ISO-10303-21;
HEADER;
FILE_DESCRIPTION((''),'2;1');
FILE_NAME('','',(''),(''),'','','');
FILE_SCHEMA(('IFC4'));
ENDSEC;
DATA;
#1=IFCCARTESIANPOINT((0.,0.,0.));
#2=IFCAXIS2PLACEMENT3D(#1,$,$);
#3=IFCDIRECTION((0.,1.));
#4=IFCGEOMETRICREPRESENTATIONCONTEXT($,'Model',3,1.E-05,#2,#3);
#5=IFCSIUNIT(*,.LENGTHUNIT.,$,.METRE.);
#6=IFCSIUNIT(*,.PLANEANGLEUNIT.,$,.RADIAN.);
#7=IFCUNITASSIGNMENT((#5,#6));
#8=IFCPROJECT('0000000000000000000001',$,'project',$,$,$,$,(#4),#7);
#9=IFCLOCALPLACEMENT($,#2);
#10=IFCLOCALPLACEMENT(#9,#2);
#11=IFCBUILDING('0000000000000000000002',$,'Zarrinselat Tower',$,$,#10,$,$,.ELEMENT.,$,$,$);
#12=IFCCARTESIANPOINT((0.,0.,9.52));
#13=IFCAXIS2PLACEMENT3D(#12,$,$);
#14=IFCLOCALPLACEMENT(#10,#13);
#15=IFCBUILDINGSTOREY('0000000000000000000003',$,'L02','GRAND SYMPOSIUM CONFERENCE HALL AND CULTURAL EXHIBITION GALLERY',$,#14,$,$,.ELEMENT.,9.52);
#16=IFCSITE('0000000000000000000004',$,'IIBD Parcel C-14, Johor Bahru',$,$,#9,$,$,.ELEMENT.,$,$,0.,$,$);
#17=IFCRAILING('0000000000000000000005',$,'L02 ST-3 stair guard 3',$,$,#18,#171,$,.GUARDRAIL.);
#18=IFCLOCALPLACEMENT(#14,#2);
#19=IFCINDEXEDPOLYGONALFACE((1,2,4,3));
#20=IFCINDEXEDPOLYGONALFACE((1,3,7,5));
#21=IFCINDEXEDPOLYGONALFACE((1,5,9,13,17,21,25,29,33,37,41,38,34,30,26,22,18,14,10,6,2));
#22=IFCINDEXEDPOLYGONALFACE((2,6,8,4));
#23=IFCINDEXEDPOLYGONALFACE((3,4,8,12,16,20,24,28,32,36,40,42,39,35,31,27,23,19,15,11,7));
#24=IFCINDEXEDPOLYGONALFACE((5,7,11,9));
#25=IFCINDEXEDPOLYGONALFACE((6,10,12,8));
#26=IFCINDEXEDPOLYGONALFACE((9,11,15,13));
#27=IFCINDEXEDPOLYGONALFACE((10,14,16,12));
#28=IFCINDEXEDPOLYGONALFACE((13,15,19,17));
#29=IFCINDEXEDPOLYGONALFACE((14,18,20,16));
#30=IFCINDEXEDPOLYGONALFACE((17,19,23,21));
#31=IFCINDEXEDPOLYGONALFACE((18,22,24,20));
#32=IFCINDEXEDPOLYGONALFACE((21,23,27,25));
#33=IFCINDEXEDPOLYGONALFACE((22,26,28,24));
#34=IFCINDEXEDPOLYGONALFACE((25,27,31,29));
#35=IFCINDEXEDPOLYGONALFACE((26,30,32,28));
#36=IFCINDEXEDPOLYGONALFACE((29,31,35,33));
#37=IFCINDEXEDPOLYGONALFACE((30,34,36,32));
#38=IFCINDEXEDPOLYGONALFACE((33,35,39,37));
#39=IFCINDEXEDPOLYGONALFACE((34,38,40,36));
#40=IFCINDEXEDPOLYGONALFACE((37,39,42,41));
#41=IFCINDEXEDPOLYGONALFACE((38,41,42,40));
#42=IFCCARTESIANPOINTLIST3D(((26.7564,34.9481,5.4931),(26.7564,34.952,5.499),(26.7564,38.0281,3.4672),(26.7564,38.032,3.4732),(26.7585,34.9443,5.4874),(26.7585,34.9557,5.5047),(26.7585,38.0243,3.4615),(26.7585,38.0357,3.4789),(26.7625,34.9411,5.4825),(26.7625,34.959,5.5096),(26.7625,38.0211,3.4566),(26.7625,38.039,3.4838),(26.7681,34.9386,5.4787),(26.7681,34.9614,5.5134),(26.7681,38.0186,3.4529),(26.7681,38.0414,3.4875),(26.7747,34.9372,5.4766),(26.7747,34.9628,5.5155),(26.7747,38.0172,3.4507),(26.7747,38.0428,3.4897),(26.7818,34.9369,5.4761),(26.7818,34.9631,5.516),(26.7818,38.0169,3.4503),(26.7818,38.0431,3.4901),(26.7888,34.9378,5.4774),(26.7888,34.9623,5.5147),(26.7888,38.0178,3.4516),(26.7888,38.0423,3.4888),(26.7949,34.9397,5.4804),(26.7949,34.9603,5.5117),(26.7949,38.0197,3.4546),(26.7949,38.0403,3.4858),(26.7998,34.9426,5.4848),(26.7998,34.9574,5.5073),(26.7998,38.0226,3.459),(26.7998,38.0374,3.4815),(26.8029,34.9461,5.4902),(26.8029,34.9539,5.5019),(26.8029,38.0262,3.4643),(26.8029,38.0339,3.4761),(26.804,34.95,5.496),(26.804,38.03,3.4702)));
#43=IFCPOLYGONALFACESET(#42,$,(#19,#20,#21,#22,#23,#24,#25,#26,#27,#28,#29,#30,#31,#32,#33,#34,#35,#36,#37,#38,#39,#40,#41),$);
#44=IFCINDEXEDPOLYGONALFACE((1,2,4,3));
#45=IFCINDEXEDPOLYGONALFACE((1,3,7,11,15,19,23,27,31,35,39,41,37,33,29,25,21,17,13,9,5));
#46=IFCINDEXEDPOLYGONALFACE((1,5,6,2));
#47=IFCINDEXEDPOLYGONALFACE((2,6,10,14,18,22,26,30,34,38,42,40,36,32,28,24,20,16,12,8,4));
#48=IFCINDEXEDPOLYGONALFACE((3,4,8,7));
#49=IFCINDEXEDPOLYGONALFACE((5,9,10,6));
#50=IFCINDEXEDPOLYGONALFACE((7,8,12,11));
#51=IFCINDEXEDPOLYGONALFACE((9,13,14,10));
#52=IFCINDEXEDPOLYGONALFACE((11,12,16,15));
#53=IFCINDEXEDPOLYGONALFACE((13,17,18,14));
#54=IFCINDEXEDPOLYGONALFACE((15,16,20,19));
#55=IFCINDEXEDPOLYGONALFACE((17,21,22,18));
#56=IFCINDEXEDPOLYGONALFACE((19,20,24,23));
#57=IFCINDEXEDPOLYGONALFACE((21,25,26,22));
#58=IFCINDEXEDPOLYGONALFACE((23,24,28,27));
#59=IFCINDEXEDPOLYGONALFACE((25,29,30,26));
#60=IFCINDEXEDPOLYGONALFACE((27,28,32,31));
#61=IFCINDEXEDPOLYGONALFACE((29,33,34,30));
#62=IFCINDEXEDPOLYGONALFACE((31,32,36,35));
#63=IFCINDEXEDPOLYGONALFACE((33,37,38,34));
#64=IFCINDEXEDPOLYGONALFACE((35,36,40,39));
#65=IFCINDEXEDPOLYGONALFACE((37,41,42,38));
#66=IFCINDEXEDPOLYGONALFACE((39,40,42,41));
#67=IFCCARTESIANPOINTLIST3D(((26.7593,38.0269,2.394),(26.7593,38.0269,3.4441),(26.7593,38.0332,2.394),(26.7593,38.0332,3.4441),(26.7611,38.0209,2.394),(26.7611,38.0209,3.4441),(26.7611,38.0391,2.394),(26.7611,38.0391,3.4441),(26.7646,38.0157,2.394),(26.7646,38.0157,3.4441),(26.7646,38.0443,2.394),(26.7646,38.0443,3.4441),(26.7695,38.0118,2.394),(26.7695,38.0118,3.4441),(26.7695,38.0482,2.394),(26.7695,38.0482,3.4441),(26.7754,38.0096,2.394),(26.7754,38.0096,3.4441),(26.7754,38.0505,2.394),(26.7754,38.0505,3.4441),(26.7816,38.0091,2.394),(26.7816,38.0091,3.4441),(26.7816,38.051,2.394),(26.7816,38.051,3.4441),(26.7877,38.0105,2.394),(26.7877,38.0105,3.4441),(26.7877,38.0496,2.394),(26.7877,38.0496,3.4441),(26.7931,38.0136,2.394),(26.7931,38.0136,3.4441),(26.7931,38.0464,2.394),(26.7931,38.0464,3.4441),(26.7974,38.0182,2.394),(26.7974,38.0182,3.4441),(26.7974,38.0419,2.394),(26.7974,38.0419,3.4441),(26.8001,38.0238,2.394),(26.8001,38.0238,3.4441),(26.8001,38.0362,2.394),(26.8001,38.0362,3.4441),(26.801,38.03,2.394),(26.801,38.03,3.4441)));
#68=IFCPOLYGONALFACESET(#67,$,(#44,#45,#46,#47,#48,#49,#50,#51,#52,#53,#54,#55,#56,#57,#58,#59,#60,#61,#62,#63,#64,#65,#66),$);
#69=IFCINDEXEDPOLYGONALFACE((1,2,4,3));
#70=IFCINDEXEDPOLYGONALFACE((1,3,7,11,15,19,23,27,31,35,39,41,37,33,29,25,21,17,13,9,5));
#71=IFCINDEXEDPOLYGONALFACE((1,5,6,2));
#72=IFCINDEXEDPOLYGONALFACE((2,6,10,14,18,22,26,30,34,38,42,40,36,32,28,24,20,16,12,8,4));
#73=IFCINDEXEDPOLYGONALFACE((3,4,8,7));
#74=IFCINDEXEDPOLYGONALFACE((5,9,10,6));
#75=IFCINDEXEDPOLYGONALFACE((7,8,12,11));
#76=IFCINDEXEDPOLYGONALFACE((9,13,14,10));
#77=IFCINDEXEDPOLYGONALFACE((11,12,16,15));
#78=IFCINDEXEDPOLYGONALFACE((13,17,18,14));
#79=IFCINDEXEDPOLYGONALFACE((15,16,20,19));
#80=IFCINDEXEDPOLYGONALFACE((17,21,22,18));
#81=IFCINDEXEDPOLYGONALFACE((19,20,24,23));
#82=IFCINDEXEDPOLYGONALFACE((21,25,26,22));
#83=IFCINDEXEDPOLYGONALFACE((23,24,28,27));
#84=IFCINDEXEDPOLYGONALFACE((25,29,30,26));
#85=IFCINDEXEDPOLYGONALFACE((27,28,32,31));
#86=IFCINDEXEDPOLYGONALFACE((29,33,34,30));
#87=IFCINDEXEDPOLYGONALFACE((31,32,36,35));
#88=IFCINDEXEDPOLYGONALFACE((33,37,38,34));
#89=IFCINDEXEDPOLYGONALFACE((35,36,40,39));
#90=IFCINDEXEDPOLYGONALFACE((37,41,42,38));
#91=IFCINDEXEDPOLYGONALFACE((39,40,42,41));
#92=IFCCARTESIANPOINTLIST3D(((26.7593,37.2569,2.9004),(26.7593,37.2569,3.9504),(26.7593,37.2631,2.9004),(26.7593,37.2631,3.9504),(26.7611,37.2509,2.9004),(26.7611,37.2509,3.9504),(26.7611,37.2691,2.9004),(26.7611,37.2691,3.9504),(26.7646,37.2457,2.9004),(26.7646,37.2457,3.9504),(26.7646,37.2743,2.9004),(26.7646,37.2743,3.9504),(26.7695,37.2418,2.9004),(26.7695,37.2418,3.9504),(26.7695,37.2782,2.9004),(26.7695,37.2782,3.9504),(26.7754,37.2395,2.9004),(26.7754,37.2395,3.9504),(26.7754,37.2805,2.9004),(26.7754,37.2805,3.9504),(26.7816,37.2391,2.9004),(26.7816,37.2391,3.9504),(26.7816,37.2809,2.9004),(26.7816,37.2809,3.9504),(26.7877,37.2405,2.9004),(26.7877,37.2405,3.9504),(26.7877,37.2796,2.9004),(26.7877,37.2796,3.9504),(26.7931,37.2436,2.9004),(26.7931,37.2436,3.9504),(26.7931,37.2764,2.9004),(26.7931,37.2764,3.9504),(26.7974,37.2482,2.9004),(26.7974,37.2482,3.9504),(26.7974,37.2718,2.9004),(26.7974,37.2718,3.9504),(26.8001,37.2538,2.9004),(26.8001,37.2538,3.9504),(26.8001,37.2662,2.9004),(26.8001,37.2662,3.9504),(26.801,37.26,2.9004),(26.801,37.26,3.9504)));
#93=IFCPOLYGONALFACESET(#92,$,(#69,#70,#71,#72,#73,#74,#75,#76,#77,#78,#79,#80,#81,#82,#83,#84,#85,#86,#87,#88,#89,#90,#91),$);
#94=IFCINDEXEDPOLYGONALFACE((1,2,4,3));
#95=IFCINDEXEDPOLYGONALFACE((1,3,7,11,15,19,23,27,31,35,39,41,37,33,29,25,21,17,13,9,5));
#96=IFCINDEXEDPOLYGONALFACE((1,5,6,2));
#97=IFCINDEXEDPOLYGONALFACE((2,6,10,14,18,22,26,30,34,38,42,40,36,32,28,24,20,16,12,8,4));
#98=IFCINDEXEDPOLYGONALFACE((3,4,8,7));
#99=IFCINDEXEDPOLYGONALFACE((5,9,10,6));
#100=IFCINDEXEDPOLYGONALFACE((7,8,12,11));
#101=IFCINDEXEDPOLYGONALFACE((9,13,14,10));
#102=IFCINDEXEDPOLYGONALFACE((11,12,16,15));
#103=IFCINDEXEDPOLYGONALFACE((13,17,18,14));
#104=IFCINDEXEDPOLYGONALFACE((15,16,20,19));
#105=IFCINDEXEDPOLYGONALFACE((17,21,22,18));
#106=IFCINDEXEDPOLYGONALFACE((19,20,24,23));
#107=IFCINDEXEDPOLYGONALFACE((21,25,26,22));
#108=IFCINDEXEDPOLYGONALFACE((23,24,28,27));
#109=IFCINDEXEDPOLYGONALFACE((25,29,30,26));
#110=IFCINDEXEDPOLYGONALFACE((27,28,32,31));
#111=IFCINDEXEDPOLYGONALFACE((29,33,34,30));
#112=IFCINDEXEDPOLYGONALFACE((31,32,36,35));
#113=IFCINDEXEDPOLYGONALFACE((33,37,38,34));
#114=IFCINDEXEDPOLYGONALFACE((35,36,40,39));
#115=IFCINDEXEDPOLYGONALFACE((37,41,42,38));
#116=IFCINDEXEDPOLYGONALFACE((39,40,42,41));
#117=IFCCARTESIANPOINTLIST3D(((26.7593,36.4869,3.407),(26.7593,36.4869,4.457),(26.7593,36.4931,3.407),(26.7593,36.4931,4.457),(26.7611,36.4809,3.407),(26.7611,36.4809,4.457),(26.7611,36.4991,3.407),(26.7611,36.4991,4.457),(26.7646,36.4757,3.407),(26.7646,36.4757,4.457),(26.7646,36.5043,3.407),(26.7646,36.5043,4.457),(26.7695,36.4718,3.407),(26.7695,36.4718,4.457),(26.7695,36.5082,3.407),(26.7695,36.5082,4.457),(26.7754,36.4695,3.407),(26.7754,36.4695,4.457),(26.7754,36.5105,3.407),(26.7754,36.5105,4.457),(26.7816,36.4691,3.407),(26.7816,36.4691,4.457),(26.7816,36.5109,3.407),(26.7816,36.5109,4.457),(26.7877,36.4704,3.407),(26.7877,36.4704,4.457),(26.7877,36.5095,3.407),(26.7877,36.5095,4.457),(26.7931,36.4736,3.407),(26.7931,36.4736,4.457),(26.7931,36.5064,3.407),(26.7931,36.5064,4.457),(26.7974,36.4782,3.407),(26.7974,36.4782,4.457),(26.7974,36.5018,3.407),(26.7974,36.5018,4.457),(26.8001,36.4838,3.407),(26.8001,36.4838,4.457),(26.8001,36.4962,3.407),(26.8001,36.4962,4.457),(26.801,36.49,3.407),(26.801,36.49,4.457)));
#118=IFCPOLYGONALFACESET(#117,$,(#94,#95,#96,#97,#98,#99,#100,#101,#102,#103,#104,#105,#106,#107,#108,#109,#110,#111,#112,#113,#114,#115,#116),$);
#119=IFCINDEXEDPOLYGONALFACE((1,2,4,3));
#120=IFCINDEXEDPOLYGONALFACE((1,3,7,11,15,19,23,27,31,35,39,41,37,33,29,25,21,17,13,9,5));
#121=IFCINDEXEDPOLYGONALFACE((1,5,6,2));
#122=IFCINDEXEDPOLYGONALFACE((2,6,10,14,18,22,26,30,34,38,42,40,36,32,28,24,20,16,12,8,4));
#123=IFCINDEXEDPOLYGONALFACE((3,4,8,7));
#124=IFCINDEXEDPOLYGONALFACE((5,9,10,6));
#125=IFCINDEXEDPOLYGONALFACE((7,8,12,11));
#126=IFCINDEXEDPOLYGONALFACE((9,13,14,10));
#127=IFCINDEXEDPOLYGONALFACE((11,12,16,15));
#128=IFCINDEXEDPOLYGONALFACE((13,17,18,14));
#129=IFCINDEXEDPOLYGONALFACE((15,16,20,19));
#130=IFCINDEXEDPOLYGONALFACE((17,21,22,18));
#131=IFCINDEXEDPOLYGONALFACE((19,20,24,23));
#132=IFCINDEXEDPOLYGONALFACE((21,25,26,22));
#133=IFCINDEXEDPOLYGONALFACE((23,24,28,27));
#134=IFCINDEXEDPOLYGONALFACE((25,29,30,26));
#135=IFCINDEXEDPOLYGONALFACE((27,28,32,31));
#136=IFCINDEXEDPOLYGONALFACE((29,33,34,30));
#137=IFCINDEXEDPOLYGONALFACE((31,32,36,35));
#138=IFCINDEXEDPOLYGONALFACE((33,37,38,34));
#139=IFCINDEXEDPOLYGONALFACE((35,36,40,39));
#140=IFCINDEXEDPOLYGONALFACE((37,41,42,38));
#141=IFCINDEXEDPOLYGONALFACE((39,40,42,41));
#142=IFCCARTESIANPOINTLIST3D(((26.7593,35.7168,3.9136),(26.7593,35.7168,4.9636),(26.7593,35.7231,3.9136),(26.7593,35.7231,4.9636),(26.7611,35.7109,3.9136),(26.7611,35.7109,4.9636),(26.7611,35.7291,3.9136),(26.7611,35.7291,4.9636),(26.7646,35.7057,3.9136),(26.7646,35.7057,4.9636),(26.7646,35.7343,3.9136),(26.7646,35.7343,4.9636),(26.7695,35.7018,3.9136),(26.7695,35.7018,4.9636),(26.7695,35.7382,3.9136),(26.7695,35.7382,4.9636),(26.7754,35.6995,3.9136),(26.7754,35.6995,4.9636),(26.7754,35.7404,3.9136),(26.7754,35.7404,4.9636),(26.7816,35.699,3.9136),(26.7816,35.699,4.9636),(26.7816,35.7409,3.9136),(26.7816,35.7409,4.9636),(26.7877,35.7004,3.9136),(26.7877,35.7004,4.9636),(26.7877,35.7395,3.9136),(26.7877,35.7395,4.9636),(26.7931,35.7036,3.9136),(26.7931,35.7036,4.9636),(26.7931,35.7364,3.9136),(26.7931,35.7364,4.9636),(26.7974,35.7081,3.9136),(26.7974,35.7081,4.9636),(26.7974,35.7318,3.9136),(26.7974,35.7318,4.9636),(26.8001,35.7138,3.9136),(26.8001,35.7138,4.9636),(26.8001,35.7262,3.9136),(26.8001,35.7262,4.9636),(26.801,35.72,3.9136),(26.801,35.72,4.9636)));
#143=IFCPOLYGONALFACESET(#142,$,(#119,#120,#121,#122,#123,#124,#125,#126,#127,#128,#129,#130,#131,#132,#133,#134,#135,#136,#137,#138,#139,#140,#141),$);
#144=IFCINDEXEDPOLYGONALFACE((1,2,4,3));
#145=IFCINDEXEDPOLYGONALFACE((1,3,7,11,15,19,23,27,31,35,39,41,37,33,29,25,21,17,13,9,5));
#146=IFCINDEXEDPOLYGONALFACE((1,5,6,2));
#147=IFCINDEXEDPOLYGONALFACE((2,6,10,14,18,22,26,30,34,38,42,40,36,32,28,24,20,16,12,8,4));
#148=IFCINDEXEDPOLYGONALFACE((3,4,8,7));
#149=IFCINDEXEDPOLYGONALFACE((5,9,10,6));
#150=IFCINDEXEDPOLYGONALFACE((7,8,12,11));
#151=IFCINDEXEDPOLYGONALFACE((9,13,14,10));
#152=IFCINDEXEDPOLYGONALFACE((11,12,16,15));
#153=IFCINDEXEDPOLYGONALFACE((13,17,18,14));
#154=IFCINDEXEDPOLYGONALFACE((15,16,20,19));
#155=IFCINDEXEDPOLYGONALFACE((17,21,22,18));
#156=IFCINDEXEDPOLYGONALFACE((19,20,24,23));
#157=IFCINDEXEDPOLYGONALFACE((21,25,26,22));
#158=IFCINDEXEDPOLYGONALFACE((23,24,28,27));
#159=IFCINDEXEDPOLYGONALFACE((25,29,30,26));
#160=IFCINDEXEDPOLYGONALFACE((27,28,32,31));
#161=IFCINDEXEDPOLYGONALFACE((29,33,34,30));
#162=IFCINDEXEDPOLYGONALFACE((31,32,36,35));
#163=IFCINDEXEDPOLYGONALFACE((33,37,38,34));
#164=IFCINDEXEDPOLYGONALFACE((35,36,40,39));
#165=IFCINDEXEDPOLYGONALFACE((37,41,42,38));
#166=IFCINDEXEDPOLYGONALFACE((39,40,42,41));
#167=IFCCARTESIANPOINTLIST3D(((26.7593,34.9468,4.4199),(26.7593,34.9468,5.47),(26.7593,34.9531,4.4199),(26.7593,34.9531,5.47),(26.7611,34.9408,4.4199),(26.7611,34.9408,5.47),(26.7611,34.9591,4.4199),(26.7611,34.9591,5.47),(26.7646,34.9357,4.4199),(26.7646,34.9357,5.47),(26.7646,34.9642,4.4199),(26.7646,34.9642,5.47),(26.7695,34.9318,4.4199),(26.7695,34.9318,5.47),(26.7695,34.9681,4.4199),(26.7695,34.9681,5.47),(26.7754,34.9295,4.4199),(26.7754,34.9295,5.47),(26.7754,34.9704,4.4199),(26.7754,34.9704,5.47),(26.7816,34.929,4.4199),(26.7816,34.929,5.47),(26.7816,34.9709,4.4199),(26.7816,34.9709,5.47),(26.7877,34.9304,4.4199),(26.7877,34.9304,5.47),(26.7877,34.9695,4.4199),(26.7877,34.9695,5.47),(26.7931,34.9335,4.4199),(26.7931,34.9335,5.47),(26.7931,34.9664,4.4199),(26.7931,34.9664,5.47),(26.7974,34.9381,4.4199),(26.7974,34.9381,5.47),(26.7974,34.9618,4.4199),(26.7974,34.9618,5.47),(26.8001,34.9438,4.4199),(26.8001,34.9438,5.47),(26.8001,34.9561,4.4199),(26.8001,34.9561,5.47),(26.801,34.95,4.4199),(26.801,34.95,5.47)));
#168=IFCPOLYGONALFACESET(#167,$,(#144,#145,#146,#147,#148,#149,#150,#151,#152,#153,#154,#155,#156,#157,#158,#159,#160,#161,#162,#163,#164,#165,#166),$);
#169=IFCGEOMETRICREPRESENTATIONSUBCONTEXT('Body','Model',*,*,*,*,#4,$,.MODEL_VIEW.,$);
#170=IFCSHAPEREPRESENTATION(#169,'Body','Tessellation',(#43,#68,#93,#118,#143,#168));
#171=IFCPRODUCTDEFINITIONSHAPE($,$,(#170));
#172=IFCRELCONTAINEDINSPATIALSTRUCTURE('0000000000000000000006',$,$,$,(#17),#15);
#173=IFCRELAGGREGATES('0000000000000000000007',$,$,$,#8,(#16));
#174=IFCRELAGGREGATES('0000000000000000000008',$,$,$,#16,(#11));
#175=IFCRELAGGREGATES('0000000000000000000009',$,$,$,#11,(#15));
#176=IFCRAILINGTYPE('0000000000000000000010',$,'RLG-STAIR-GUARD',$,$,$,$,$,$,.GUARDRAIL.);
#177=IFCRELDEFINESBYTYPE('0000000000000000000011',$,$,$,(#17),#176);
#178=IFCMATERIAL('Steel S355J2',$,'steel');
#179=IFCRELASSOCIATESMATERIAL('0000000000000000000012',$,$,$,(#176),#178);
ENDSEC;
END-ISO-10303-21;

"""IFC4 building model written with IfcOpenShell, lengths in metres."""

from ifc_helpers import new_model, si_unit, direction, frame, origin, origin_2d, place, context, subcontext, project, spatial, circle, extrude, material, type_object, element, save


model = new_model("IFC4")

# Units and contexts
model_context = context("Model", 3, precision=1e-05, world=origin(), true_north=direction((0.0, 1.0)))
body_context = subcontext(model_context, "Body", "Model", "MODEL_VIEW")
ifc_project = project(units=[si_unit("LENGTHUNIT", "METRE"), si_unit("PLANEANGLEUNIT", "RADIAN")], contexts=[model_context])

# Site, building, storey
site_placement = place(None, origin())
site = spatial("IfcSite", under=ifc_project, at=site_placement, Name="IIBD Parcel C-14, Johor Bahru", CompositionType="ELEMENT", RefElevation=0.0)
building_placement = place(site_placement, origin())
building = spatial("IfcBuilding", under=site, at=building_placement, Name="Zarrinselat Tower", CompositionType="ELEMENT")
storey_placement = place(building_placement, frame((0.0, 0.0, 9.52)))
storey = spatial("IfcBuildingStorey", under=building, at=storey_placement, Name="L02", Description="GRAND SYMPOSIUM CONFERENCE HALL AND CULTURAL EXHIBITION GALLERY", CompositionType="ELEMENT", Elevation=9.52)

# Railing
ifc_material_1 = material(Name="Steel S355J2", Category="steel")
railing_type_1 = type_object("IfcRailingType", Name="RLG-STAIR-GUARD", PredefinedType="GUARDRAIL", material=ifc_material_1)
railing_1_placement = place(storey_placement, frame((26.78, 38.03, 2.394)))
element("IfcRailing", 1, at=railing_1_placement, inside=storey, type_object=railing_type_1, Name="L02 ST-3 stair guard 3", PredefinedType="GUARDRAIL", context=body_context, shape_type="SweptSolid", body=[
    extrude(circle(Radius=0.0239, at=origin_2d()), frame((0.0, 0.0, 1.0762), z_axis=(0.0, -0.835478, 0.549524), x_axis=(1.0, 0.0, 0.0)), (0.0, 0.0, 1.0), 3.6865),
    extrude(circle(Radius=0.021, at=origin_2d()), origin(), (0.0, 0.0, 1.0), 1.05),
    extrude(circle(Radius=0.021, at=origin_2d()), frame((0.0, -0.77, 0.5063)), (0.0, 0.0, 1.0), 1.05),
    extrude(circle(Radius=0.021, at=origin_2d()), frame((0.0, -1.54, 1.0129)), (0.0, 0.0, 1.0), 1.05),
    extrude(circle(Radius=0.021, at=origin_2d()), frame((0.0, -2.3101, 1.5195)), (0.0, 0.0, 1.0), 1.05),
    extrude(circle(Radius=0.021, at=origin_2d()), frame((0.0, -3.0801, 2.0259)), (0.0, 0.0, 1.0), 1.05),
])

save(model, "model.ifc")
